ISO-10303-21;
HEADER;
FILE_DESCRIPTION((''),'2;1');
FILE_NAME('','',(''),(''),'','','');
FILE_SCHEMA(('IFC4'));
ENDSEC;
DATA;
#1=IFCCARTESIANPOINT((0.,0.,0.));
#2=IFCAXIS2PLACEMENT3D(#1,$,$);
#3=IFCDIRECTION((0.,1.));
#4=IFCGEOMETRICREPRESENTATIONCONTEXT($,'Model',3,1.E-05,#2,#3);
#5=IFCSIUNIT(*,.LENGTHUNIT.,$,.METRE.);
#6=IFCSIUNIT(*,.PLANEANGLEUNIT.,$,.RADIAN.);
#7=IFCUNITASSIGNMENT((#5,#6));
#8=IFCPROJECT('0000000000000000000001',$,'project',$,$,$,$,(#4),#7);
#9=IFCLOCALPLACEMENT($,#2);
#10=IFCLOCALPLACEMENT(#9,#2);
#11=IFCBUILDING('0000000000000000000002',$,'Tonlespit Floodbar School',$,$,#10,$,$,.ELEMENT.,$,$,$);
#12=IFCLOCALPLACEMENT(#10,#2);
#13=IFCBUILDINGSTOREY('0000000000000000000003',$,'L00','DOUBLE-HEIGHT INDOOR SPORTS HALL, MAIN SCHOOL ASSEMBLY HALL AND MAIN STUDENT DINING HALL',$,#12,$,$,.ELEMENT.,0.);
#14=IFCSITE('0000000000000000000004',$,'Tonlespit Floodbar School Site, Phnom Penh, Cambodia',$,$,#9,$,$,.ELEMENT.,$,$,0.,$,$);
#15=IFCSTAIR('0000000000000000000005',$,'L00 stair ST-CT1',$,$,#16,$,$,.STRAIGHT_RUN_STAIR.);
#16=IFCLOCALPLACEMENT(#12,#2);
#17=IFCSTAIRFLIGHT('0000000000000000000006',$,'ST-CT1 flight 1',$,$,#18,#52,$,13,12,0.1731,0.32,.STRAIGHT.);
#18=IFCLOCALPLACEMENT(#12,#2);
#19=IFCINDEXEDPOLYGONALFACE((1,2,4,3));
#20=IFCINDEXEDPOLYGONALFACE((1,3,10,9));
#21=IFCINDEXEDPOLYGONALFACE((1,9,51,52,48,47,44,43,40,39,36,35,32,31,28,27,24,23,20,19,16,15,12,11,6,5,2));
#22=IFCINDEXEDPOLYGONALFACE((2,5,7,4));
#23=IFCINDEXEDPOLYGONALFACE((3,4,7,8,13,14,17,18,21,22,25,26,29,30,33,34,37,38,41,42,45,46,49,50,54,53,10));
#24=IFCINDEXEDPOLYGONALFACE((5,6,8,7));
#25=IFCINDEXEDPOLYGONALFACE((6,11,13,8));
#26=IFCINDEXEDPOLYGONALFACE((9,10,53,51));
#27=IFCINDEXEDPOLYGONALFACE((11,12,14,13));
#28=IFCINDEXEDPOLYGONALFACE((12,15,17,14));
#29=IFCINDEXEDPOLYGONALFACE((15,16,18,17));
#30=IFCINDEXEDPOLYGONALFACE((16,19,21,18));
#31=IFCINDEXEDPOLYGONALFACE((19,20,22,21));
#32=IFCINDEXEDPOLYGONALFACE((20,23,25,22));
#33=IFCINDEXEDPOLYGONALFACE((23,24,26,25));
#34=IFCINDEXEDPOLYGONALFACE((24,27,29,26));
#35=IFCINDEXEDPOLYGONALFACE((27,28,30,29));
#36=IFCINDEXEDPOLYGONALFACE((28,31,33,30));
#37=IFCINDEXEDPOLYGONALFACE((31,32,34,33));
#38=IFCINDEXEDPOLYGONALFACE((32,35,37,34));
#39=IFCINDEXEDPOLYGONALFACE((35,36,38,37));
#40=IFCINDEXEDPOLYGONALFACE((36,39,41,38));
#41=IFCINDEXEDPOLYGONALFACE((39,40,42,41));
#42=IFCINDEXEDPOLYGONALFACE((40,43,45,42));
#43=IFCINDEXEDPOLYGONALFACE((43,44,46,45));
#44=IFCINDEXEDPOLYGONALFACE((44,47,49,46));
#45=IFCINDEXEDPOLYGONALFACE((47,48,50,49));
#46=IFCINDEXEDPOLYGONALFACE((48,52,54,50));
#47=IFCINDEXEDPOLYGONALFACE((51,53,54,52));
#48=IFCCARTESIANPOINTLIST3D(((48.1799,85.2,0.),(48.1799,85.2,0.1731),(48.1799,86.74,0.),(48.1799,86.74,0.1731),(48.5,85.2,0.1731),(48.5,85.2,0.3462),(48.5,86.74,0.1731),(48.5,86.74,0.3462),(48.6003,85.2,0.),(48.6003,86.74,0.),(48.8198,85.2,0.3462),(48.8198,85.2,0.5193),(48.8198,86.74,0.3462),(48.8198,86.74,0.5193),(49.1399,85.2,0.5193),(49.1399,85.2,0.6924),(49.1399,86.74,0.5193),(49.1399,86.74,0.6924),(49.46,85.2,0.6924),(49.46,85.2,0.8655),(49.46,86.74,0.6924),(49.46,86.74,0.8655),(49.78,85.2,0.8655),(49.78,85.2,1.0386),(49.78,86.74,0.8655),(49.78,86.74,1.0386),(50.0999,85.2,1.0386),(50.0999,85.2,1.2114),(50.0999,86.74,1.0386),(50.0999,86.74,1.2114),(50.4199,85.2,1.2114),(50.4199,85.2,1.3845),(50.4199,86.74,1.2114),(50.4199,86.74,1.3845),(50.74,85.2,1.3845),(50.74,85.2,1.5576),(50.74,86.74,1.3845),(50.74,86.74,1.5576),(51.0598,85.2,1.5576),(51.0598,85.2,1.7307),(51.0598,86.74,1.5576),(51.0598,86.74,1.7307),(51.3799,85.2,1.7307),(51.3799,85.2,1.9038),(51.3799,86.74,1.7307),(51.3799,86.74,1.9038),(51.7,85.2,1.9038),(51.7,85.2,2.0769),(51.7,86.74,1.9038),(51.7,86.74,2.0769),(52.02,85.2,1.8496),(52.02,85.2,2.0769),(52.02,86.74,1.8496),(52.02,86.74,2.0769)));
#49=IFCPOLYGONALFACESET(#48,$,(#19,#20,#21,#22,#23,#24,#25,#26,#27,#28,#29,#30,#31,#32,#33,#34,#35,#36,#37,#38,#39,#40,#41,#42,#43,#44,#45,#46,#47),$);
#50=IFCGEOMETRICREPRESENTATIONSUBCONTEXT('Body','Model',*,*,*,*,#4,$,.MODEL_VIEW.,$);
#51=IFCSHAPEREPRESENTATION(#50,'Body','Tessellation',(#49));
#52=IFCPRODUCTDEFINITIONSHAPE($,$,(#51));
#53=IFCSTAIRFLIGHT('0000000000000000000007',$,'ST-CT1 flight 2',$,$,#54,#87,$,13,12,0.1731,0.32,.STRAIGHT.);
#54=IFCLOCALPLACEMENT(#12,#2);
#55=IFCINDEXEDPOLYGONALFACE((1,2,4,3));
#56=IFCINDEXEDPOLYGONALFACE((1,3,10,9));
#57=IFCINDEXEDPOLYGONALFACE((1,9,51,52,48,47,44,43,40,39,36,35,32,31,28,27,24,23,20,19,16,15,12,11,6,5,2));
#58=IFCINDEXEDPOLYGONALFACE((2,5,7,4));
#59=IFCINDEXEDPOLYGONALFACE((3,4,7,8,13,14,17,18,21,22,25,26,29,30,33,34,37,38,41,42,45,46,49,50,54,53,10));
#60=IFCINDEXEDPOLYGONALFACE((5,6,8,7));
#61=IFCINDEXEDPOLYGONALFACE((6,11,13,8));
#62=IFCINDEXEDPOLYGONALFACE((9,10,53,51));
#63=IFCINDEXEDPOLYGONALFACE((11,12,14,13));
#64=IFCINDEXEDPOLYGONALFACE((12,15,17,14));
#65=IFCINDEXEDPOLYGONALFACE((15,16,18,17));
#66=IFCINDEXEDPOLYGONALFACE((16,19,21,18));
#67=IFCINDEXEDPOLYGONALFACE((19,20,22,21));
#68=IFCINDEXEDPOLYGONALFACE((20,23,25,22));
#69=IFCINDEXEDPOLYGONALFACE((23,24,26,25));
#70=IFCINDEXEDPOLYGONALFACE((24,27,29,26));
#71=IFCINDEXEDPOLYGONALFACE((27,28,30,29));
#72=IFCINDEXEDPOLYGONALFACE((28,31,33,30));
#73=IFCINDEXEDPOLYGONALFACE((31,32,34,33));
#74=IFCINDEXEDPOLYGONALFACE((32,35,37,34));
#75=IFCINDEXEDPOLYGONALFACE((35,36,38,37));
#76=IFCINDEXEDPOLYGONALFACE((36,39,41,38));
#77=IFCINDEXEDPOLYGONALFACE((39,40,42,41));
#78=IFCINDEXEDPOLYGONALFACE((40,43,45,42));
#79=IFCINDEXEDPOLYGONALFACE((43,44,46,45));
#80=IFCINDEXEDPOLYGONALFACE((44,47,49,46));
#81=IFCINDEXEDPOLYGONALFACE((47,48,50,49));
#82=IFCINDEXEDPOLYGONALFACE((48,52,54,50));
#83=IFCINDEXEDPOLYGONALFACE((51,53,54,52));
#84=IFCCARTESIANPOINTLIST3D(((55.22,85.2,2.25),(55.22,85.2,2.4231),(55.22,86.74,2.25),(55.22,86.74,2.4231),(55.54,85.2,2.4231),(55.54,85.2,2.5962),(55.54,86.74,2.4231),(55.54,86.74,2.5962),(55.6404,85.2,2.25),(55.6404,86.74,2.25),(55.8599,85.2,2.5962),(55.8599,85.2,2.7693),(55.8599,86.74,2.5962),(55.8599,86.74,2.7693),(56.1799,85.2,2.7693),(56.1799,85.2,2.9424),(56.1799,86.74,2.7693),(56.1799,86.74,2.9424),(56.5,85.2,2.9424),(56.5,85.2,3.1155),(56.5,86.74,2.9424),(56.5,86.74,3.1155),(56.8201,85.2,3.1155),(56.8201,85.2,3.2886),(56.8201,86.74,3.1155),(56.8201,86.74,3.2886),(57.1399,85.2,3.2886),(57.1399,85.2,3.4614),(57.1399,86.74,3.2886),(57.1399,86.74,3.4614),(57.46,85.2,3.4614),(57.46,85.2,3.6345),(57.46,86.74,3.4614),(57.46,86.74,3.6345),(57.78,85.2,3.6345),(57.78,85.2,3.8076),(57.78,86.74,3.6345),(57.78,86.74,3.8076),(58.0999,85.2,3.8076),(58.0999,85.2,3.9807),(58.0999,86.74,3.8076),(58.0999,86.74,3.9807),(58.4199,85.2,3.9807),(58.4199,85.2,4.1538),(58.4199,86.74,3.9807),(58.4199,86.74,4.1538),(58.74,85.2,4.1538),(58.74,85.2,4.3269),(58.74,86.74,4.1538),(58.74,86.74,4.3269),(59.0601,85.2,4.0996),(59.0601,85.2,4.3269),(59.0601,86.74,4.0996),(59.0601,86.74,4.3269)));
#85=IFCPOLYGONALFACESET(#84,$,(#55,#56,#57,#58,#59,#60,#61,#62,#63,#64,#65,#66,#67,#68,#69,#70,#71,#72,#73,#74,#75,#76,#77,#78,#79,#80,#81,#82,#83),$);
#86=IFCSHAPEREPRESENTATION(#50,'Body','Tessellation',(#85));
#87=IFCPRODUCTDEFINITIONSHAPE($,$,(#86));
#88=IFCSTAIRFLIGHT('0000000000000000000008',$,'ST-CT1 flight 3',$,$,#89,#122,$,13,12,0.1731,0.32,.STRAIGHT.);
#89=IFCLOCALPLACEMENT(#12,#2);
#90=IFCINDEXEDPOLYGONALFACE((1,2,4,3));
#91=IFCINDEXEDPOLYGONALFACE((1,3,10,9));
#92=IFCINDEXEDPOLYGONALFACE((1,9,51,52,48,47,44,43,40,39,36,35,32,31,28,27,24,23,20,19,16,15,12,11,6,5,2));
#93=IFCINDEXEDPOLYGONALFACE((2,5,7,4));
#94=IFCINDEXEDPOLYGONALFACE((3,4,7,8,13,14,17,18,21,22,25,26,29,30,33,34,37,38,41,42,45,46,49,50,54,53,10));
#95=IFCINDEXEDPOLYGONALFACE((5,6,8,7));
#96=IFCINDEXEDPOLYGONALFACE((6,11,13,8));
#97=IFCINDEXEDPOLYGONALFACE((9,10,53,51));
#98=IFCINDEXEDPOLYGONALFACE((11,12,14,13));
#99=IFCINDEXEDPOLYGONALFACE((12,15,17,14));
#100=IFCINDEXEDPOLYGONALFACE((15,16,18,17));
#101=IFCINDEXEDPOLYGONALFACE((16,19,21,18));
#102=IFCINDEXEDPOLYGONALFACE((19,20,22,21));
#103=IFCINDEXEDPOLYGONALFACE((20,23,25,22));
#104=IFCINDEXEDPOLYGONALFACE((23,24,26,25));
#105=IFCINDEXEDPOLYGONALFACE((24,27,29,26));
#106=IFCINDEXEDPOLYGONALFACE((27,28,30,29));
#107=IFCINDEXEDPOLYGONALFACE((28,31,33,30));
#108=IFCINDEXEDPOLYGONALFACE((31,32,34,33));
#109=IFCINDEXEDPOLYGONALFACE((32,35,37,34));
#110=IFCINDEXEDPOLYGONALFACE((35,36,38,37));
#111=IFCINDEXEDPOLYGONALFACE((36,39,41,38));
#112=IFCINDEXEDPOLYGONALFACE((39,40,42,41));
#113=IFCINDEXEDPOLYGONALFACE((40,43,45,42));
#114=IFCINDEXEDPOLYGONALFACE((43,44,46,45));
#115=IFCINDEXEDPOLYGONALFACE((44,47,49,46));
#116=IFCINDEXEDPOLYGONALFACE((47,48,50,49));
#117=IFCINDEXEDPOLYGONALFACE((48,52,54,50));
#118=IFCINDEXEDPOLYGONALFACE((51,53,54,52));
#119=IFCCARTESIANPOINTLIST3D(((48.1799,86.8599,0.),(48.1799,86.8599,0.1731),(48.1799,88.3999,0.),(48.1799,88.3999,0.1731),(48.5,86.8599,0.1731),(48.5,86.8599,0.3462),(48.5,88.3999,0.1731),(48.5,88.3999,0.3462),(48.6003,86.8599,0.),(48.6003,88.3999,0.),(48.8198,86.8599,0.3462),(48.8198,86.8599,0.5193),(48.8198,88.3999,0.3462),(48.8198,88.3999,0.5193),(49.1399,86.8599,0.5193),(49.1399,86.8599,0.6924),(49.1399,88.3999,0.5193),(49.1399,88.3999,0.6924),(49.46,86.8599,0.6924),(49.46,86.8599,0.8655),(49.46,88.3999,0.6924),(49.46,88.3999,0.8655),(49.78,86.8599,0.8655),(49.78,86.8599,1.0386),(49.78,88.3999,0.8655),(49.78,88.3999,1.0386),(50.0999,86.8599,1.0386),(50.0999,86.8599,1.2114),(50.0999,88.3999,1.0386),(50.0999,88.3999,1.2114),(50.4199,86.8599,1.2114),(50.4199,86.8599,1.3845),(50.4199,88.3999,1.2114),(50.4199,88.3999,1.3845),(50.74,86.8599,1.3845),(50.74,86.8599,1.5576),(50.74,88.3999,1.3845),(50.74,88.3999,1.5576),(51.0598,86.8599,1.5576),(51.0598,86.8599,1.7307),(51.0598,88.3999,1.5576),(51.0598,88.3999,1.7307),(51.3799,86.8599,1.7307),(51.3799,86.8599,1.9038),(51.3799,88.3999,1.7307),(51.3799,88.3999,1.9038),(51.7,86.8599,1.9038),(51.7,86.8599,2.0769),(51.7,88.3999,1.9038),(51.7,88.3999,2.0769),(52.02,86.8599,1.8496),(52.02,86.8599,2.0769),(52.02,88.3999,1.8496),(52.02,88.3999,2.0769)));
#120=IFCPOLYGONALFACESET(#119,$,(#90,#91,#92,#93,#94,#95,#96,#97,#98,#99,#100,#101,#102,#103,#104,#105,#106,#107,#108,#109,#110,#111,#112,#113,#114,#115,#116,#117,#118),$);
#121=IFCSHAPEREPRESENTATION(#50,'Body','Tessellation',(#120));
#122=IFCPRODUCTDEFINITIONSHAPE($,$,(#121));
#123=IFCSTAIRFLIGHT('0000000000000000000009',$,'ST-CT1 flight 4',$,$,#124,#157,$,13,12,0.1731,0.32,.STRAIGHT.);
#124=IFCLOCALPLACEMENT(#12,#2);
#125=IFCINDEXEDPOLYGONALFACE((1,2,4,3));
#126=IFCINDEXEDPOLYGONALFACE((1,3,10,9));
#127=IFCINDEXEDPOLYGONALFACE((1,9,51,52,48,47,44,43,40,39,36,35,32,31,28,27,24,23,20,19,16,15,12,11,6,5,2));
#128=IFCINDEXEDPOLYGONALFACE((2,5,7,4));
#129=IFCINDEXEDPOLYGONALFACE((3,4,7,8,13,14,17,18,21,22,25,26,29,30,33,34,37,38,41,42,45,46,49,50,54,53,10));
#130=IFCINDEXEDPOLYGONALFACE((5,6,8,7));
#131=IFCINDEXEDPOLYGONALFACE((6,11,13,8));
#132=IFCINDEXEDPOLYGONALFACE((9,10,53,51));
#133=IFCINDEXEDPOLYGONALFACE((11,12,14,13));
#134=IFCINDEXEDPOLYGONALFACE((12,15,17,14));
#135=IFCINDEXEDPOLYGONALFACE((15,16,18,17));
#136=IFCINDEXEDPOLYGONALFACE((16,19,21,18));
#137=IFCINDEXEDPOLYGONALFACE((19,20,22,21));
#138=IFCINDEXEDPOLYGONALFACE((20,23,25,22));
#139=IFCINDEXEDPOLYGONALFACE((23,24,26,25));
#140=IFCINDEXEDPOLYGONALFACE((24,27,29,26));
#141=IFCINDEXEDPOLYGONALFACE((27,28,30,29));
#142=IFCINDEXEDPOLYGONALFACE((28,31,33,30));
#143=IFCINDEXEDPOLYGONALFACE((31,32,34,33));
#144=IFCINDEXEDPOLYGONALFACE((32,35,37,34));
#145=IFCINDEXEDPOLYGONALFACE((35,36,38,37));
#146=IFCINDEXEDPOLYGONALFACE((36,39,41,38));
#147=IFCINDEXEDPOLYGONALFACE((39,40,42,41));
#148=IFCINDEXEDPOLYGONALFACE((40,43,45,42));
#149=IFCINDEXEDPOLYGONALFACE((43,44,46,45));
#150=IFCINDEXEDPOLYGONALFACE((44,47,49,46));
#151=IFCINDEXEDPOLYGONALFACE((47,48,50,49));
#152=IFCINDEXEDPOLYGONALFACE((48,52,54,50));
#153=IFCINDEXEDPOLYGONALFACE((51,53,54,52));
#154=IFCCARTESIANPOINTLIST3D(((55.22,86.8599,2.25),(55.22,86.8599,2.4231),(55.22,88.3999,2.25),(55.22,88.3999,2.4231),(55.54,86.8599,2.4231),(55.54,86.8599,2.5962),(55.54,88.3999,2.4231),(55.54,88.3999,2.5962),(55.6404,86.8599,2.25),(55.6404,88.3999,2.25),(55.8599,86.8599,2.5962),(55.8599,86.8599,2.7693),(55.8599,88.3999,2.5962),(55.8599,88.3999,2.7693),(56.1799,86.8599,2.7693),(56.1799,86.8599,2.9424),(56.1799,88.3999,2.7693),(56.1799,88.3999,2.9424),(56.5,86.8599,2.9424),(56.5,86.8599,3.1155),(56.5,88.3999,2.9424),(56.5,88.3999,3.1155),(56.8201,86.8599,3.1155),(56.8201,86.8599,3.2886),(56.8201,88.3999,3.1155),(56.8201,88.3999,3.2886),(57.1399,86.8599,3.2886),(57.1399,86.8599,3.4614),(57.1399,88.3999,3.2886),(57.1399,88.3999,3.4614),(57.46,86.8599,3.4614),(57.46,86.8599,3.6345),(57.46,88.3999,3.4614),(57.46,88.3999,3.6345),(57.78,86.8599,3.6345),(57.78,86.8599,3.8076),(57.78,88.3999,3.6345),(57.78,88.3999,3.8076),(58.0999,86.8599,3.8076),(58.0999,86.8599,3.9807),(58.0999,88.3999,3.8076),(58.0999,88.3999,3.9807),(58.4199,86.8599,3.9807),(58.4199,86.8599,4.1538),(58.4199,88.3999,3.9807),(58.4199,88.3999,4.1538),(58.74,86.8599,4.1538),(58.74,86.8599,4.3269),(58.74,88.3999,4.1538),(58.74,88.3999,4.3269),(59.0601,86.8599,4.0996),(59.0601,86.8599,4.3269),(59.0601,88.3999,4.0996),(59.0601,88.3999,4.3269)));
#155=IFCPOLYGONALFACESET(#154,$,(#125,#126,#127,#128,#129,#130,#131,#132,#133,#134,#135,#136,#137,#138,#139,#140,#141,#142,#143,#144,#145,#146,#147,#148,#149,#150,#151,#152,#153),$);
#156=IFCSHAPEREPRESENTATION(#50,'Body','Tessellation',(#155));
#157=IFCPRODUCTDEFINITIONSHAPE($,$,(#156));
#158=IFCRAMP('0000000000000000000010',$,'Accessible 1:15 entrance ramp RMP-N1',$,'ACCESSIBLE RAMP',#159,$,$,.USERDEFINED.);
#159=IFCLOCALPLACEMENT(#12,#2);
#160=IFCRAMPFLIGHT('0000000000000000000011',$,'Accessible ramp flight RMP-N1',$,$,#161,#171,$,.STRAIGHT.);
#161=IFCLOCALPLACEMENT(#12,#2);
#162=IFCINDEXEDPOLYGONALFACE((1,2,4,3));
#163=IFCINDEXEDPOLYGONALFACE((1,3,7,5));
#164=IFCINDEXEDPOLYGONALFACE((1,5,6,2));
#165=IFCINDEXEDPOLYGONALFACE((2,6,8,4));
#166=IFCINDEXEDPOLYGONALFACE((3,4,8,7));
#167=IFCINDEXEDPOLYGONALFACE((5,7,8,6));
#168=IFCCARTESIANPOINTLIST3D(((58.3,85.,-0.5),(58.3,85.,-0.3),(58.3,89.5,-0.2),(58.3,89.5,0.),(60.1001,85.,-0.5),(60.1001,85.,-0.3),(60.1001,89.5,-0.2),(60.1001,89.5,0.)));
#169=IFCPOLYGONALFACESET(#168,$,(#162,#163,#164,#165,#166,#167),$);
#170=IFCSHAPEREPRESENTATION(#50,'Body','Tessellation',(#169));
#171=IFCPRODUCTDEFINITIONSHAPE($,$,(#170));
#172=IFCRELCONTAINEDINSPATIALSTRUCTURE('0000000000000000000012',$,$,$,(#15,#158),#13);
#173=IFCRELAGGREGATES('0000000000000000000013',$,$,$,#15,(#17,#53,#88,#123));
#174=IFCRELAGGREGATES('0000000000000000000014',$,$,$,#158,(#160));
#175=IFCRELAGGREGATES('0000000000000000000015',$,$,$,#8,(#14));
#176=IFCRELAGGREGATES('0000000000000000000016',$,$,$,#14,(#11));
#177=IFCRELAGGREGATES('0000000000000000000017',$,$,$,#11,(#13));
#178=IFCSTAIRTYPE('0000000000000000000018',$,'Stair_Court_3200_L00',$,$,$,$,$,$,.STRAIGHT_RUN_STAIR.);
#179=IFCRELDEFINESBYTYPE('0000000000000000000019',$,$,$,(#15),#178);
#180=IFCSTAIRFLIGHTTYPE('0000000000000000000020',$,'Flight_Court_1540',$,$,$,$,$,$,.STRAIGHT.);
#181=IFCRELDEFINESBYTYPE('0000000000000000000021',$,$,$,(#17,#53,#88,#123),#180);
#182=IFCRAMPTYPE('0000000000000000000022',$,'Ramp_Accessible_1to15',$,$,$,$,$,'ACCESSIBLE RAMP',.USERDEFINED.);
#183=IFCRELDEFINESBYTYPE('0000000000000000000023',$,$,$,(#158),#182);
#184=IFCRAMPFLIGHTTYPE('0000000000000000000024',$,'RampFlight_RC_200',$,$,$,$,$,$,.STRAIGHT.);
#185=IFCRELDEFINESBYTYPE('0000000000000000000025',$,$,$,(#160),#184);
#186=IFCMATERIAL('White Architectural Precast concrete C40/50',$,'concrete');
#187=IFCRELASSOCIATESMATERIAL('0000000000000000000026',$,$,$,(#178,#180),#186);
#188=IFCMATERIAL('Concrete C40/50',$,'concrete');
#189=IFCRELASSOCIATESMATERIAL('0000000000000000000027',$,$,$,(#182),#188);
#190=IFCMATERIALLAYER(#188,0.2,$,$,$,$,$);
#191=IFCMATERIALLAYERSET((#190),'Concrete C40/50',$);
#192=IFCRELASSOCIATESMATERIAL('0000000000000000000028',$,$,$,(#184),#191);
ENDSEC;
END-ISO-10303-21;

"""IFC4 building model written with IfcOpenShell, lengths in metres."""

from ifc_helpers import new_model, si_unit, direction, frame, origin, place, context, subcontext, project, spatial, polyline, outline, extrude, material, layer, layer_set, type_object, element, aggregate, save


model = new_model("IFC4")

# Units and contexts
model_context = context("Model", 3, precision=1e-05, world=origin(), true_north=direction((0.0, 1.0)))
body_context = subcontext(model_context, "Body", "Model", "MODEL_VIEW")
ifc_project = project(units=[si_unit("LENGTHUNIT", "METRE"), si_unit("PLANEANGLEUNIT", "RADIAN")], contexts=[model_context])

# Site, building, storey
site_placement = place(None, origin())
site = spatial("IfcSite", under=ifc_project, at=site_placement, Name="Tonlespit Floodbar School Site, Phnom Penh, Cambodia", CompositionType="ELEMENT", RefElevation=0.0)
building_placement = place(site_placement, origin())
building = spatial("IfcBuilding", under=site, at=building_placement, Name="Tonlespit Floodbar School", CompositionType="ELEMENT")
storey_placement = place(building_placement, origin())
storey = spatial("IfcBuildingStorey", under=building, at=storey_placement, Name="L00", Description="DOUBLE-HEIGHT INDOOR SPORTS HALL, MAIN SCHOOL ASSEMBLY HALL AND MAIN STUDENT DINING HALL", CompositionType="ELEMENT", Elevation=0.0)

# Shared definitions
ifc_material_1 = material(Name="Concrete C40/50", Category="concrete")

# Stair, stair flights
ifc_material_2 = material(Name="White Architectural Precast concrete C40/50", Category="concrete")
stair_type = type_object("IfcStairType", Name="Stair_Court_3200_L00", PredefinedType="STRAIGHT_RUN_STAIR", material=ifc_material_2)
stair_placement = place(storey_placement, origin())
stair = element("IfcStair", 1, at=stair_placement, inside=storey, type_object=stair_type, Name="L00 stair ST-CT1", PredefinedType="STRAIGHT_RUN_STAIR")
stair_flight_type = type_object("IfcStairFlightType", Name="Flight_Court_1540", PredefinedType="STRAIGHT", material=ifc_material_2)
stair_flight_1_placement = place(storey_placement, frame((48.1799, 85.97, 0.0), z_axis=(0.0, 0.0, 1.0), x_axis=(1.0, 0.0, 0.0)))
stair_flight_1 = element("IfcStairFlight", 2, at=stair_flight_1_placement, type_object=stair_flight_type, Name="ST-CT1 flight 1", NumberOfRisers=13, NumberOfTreads=12, PredefinedType="STRAIGHT", RiserHeight=0.1731, TreadLength=0.32, context=body_context, shape_type="SweptSolid", body=[
    extrude(outline(polyline([(0.0, 0.0), (0.0, 0.1731), (0.3201, 0.1731), (0.3201, 0.3462), (0.6399, 0.3462), (0.6399, 0.5193), (0.96, 0.5193), (0.96, 0.6924), (1.28, 0.6924), (1.28, 0.8655), (1.6001, 0.8655), (1.6001, 1.0386), (1.9199, 1.0386), (1.9199, 1.2114), (2.24, 1.2114), (2.24, 1.3845), (2.5601, 1.3845), (2.5601, 1.5576), (2.8799, 1.5576), (2.8799, 1.7307), (3.2, 1.7307), (3.2, 1.9038), (3.52, 1.9038), (3.52, 2.0769), (3.8401, 2.0769), (3.8401, 2.25), (3.8401, 1.8496), (0.4204, 0.0), (0.0, 0.0)])), frame((0.0, 0.77, 0.0), z_axis=(0.0, -1.0, 0.0), x_axis=(1.0, 0.0, 0.0)), (0.0, 0.0, 1.0), 1.54),
])
stair_flight_2_placement = place(storey_placement, frame((55.22, 85.97, 2.25), z_axis=(0.0, 0.0, 1.0), x_axis=(1.0, 0.0, 0.0)))
stair_flight_2 = element("IfcStairFlight", 3, at=stair_flight_2_placement, type_object=stair_flight_type, Name="ST-CT1 flight 2", NumberOfRisers=13, NumberOfTreads=12, PredefinedType="STRAIGHT", RiserHeight=0.1731, TreadLength=0.32, context=body_context, shape_type="SweptSolid", body=[
    extrude(outline(polyline([(0.0, 0.0), (0.0, 0.1731), (0.3201, 0.1731), (0.3201, 0.3462), (0.6399, 0.3462), (0.6399, 0.5193), (0.96, 0.5193), (0.96, 0.6924), (1.28, 0.6924), (1.28, 0.8655), (1.6001, 0.8655), (1.6001, 1.0386), (1.9199, 1.0386), (1.9199, 1.2114), (2.24, 1.2114), (2.24, 1.3845), (2.5601, 1.3845), (2.5601, 1.5576), (2.8799, 1.5576), (2.8799, 1.7307), (3.2, 1.7307), (3.2, 1.9038), (3.52, 1.9038), (3.52, 2.0769), (3.8401, 2.0769), (3.8401, 2.25), (3.8401, 1.8496), (0.4204, 0.0), (0.0, 0.0)])), frame((0.0, 0.77, 0.0), z_axis=(0.0, -1.0, 0.0), x_axis=(1.0, 0.0, 0.0)), (0.0, 0.0, 1.0), 1.54),
])
stair_flight_3_placement = place(storey_placement, frame((48.1799, 87.6299, 0.0), z_axis=(0.0, 0.0, 1.0), x_axis=(1.0, 0.0, 0.0)))
stair_flight_3 = element("IfcStairFlight", 4, at=stair_flight_3_placement, type_object=stair_flight_type, Name="ST-CT1 flight 3", NumberOfRisers=13, NumberOfTreads=12, PredefinedType="STRAIGHT", RiserHeight=0.1731, TreadLength=0.32, context=body_context, shape_type="SweptSolid", body=[
    extrude(outline(polyline([(0.0, 0.0), (0.0, 0.1731), (0.3201, 0.1731), (0.3201, 0.3462), (0.6399, 0.3462), (0.6399, 0.5193), (0.96, 0.5193), (0.96, 0.6924), (1.28, 0.6924), (1.28, 0.8655), (1.6001, 0.8655), (1.6001, 1.0386), (1.9199, 1.0386), (1.9199, 1.2114), (2.24, 1.2114), (2.24, 1.3845), (2.5601, 1.3845), (2.5601, 1.5576), (2.8799, 1.5576), (2.8799, 1.7307), (3.2, 1.7307), (3.2, 1.9038), (3.52, 1.9038), (3.52, 2.0769), (3.8401, 2.0769), (3.8401, 2.25), (3.8401, 1.8496), (0.4204, 0.0), (0.0, 0.0)])), frame((0.0, 0.77, 0.0), z_axis=(0.0, -1.0, 0.0), x_axis=(1.0, 0.0, 0.0)), (0.0, 0.0, 1.0), 1.54),
])
stair_flight_4_placement = place(storey_placement, frame((55.22, 87.6299, 2.25), z_axis=(0.0, 0.0, 1.0), x_axis=(1.0, 0.0, 0.0)))
stair_flight_4 = element("IfcStairFlight", 5, at=stair_flight_4_placement, type_object=stair_flight_type, Name="ST-CT1 flight 4", NumberOfRisers=13, NumberOfTreads=12, PredefinedType="STRAIGHT", RiserHeight=0.1731, TreadLength=0.32, context=body_context, shape_type="SweptSolid", body=[
    extrude(outline(polyline([(0.0, 0.0), (0.0, 0.1731), (0.3201, 0.1731), (0.3201, 0.3462), (0.6399, 0.3462), (0.6399, 0.5193), (0.96, 0.5193), (0.96, 0.6924), (1.28, 0.6924), (1.28, 0.8655), (1.6001, 0.8655), (1.6001, 1.0386), (1.9199, 1.0386), (1.9199, 1.2114), (2.24, 1.2114), (2.24, 1.3845), (2.5601, 1.3845), (2.5601, 1.5576), (2.8799, 1.5576), (2.8799, 1.7307), (3.2, 1.7307), (3.2, 1.9038), (3.52, 1.9038), (3.52, 2.0769), (3.8401, 2.0769), (3.8401, 2.25), (3.8401, 1.8496), (0.4204, 0.0), (0.0, 0.0)])), frame((0.0, 0.77, 0.0), z_axis=(0.0, -1.0, 0.0), x_axis=(1.0, 0.0, 0.0)), (0.0, 0.0, 1.0), 1.54),
])
aggregate(stair, [stair_flight_1, stair_flight_2, stair_flight_3, stair_flight_4])

# Ramp, ramp flight
ramp_type = type_object("IfcRampType", Name="Ramp_Accessible_1to15", ElementType="ACCESSIBLE RAMP", PredefinedType="USERDEFINED", material=ifc_material_1)
ramp_placement = place(storey_placement, origin())
ramp = element("IfcRamp", 6, at=ramp_placement, inside=storey, type_object=ramp_type, Name="Accessible 1:15 entrance ramp RMP-N1", ObjectType="ACCESSIBLE RAMP", PredefinedType="USERDEFINED")
ifc_layer = layer(ifc_material_1, 0.2)
ifc_layer_set = layer_set([ifc_layer], Name="Concrete C40/50")
ramp_flight_type = type_object("IfcRampFlightType", Name="RampFlight_RC_200", PredefinedType="STRAIGHT", material=ifc_layer_set)
ramp_flight_placement = place(storey_placement, frame((59.2, 85.0, -0.3), z_axis=(0.0, 0.0, 1.0), x_axis=(0.0, 1.0, 0.0)))
ramp_flight = element("IfcRampFlight", 7, at=ramp_flight_placement, type_object=ramp_flight_type, Name="Accessible ramp flight RMP-N1", PredefinedType="STRAIGHT", context=body_context, shape_type="SweptSolid", body=[
    extrude(outline(polyline([(0.0, 0.0), (0.0, -0.2), (4.5, 0.1001), (4.5, 0.3), (0.0, 0.0)])), frame((0.0, 0.8999, 0.0), z_axis=(0.0, -1.0, 0.0), x_axis=(1.0, 0.0, 0.0)), (0.0, 0.0, 1.0), 1.8),
])
aggregate(ramp, [ramp_flight])

save(model, "model.ifc")
